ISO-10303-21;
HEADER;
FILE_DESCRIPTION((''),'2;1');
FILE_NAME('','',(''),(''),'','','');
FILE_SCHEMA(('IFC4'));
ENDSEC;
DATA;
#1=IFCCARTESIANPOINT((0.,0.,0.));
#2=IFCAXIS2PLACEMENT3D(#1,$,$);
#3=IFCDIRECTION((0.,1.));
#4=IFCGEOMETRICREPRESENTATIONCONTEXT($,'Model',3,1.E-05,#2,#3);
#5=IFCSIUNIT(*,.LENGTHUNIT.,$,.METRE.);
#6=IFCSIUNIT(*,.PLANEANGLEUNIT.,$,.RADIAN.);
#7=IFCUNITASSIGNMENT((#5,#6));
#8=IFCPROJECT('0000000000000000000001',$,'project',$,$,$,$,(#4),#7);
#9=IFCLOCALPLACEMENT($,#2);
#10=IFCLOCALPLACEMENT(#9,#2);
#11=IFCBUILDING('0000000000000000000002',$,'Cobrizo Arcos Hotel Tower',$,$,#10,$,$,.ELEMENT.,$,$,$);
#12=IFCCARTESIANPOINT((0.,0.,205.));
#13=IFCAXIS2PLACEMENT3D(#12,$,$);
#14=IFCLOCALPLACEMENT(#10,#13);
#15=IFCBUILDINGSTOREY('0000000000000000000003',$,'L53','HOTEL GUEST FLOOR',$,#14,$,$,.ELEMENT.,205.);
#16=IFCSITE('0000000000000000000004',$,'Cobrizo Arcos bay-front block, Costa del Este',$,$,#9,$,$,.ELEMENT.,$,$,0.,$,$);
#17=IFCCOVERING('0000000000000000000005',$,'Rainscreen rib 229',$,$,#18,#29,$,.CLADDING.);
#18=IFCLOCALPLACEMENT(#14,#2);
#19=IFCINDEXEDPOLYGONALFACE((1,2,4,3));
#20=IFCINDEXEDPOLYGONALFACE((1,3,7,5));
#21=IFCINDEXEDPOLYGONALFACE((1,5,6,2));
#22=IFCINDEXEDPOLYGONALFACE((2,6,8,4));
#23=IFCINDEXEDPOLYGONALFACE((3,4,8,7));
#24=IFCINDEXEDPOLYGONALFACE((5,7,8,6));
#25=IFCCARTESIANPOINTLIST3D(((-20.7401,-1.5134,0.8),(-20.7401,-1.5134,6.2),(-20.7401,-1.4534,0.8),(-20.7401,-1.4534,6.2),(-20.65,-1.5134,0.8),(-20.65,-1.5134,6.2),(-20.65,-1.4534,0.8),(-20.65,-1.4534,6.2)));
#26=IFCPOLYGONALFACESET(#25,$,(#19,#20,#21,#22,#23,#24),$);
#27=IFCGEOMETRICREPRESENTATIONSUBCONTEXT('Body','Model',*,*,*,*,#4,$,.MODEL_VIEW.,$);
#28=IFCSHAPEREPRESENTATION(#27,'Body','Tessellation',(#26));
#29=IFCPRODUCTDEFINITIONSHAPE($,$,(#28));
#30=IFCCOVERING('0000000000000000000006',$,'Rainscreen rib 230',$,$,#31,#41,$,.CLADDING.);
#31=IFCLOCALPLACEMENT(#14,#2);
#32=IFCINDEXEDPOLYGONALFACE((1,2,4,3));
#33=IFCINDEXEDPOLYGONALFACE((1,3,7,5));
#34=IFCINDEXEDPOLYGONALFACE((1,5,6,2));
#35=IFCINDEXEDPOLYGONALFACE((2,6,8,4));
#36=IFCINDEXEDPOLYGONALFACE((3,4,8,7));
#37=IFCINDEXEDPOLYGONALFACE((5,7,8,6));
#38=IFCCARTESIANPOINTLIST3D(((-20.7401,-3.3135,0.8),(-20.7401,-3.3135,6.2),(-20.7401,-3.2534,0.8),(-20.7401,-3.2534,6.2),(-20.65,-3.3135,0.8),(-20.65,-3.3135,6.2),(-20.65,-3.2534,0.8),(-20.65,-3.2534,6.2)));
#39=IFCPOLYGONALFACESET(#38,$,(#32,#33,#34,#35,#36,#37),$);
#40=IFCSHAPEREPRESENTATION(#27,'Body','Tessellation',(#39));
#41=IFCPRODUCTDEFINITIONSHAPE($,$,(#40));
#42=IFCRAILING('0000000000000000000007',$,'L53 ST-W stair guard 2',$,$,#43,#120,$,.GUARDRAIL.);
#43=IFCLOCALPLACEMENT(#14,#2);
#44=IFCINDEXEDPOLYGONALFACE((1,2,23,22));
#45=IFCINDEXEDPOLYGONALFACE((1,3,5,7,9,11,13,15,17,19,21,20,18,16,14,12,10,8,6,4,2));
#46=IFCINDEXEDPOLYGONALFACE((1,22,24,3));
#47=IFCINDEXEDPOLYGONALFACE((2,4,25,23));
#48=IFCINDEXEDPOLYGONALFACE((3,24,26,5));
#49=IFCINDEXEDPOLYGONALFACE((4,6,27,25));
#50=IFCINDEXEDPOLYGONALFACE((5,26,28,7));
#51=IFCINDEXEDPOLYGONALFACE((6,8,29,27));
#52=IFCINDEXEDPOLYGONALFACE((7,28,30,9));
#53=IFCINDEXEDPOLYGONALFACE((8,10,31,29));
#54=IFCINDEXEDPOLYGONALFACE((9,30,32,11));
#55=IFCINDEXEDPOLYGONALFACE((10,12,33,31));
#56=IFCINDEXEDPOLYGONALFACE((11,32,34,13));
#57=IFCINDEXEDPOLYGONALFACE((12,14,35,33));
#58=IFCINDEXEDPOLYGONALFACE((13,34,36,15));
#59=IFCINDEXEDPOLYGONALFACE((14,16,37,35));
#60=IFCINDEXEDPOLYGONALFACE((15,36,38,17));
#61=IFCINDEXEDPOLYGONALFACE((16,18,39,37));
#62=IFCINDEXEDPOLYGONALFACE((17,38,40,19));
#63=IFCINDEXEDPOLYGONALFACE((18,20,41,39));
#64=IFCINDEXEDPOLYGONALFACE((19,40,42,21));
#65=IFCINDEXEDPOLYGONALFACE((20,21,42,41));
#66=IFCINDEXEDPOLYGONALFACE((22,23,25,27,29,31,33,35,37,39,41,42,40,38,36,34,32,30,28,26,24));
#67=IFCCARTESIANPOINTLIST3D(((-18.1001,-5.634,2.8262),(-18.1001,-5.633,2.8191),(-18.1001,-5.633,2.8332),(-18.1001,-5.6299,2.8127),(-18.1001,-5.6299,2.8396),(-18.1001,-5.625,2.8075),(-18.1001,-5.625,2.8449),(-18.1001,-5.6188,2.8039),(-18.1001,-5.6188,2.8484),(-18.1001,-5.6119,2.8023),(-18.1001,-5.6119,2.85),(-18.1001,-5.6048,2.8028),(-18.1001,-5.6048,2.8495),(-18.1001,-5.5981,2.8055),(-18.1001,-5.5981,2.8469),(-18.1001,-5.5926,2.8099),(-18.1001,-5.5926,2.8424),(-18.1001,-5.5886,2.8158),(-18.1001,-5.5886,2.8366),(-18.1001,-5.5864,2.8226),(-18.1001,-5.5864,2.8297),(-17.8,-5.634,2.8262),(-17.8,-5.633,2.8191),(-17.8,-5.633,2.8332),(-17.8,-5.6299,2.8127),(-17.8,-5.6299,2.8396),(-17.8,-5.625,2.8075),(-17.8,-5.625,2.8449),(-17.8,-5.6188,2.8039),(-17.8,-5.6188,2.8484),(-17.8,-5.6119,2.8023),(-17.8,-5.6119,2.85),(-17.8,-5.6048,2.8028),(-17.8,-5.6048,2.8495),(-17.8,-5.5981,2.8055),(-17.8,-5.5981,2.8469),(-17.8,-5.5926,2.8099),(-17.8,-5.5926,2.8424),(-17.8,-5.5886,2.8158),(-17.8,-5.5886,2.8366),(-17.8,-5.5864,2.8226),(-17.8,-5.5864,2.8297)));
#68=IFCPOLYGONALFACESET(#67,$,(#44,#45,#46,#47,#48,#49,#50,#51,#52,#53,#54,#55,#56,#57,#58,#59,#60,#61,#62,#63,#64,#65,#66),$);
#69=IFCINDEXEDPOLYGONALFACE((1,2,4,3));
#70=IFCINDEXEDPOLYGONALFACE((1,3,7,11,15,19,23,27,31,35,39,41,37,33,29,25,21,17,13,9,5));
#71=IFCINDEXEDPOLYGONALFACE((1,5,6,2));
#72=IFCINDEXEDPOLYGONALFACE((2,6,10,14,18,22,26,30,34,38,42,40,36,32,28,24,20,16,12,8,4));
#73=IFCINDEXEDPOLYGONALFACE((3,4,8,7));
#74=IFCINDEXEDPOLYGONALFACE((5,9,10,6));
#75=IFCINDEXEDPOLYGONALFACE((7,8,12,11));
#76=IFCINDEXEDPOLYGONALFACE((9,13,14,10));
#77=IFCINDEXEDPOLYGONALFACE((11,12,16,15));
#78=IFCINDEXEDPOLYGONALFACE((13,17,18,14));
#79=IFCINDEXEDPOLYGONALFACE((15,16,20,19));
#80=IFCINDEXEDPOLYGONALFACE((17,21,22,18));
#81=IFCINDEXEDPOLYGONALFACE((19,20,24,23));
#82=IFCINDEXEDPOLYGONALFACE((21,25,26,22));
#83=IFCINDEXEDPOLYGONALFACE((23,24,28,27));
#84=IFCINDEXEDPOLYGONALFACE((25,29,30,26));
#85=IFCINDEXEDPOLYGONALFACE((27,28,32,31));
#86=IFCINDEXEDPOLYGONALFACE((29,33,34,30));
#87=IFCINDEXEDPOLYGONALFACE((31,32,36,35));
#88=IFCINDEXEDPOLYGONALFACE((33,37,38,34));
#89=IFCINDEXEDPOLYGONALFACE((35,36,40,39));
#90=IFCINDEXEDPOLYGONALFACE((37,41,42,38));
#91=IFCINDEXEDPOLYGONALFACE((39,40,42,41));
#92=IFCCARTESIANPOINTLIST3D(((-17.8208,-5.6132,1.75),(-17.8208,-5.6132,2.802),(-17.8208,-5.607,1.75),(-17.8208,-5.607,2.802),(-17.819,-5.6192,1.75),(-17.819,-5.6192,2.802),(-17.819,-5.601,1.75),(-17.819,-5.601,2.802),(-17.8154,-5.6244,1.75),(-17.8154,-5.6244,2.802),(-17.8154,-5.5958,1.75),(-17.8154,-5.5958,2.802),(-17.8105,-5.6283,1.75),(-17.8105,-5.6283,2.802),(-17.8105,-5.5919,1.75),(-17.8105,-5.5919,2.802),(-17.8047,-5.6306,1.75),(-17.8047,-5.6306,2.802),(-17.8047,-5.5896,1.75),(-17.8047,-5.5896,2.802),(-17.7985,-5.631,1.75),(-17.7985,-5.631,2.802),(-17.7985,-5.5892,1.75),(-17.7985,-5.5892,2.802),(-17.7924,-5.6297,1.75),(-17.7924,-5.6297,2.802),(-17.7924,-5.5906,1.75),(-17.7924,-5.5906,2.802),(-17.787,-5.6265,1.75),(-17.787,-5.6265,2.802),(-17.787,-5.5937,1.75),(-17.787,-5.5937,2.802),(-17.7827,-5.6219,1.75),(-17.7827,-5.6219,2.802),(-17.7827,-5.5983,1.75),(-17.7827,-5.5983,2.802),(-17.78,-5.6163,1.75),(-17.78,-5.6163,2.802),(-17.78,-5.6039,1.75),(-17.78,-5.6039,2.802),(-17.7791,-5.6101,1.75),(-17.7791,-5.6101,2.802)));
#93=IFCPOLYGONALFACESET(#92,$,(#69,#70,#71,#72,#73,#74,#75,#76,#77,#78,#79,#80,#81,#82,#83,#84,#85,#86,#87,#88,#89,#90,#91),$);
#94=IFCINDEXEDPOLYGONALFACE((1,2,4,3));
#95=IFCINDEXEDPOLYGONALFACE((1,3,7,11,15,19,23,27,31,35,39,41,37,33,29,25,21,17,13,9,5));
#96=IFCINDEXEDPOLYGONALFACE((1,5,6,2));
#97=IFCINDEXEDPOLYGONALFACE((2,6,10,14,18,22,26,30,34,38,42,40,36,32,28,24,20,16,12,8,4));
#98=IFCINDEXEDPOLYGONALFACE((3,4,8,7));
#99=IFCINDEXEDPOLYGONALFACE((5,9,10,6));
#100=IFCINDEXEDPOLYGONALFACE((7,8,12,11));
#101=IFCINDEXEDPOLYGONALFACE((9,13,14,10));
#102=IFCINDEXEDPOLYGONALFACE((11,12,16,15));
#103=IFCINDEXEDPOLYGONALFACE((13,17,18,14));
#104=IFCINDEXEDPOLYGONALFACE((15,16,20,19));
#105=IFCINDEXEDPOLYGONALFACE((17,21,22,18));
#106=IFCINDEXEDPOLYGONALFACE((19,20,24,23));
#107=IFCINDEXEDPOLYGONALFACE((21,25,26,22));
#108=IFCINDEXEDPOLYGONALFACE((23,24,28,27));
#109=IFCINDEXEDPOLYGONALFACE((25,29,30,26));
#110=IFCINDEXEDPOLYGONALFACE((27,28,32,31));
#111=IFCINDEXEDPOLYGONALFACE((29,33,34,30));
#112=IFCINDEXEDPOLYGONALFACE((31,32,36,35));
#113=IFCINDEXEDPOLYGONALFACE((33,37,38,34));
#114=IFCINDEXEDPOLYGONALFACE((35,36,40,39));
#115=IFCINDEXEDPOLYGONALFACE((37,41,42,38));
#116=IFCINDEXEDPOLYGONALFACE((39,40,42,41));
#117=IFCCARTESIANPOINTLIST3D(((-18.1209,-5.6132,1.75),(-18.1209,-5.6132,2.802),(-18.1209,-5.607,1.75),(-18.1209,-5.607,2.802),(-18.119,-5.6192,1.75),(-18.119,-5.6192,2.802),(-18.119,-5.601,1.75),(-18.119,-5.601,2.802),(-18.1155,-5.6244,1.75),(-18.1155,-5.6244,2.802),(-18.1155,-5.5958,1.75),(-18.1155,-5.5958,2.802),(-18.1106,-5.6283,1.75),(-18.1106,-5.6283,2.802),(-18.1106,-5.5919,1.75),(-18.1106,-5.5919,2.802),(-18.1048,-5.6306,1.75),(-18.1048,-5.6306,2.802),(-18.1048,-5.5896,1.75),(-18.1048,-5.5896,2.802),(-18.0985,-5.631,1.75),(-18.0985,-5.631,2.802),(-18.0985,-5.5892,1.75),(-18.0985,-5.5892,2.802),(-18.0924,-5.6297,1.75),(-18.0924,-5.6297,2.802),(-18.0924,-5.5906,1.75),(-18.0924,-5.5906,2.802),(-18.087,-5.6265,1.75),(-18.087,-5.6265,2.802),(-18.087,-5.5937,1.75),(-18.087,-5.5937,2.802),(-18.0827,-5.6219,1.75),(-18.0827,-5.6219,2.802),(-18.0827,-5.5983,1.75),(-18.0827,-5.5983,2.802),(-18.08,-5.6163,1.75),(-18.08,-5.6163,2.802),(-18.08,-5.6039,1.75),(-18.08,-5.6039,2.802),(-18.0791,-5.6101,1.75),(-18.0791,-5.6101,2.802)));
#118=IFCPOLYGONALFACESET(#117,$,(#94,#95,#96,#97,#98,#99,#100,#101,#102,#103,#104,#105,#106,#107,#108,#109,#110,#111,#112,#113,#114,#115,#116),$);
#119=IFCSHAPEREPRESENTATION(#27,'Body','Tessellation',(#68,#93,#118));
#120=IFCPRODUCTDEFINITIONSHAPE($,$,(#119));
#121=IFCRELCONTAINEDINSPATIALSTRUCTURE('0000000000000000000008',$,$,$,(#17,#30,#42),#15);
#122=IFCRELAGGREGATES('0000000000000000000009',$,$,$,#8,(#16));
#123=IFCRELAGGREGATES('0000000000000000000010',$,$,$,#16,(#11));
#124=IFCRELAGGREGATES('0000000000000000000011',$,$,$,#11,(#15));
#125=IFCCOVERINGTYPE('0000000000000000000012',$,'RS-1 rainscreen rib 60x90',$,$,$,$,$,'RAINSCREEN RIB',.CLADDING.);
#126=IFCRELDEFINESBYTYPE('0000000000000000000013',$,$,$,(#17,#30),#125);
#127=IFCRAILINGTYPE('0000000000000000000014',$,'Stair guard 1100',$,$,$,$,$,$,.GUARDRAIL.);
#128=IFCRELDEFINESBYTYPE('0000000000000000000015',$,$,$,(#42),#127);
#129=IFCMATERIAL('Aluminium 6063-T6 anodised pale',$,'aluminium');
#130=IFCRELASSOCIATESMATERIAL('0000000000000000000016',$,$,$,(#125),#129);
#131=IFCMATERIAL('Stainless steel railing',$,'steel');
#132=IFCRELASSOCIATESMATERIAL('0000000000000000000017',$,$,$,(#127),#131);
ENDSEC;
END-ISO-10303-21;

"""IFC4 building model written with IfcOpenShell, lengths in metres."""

from ifc_helpers import new_model, si_unit, direction, frame, origin, origin_2d, place, context, subcontext, project, spatial, rectangle, circle, extrude, material, type_object, element, save


model = new_model("IFC4")

# Units and contexts
model_context = context("Model", 3, precision=1e-05, world=origin(), true_north=direction((0.0, 1.0)))
body_context = subcontext(model_context, "Body", "Model", "MODEL_VIEW")
ifc_project = project(units=[si_unit("LENGTHUNIT", "METRE"), si_unit("PLANEANGLEUNIT", "RADIAN")], contexts=[model_context])

# Site, building, storey
site_placement = place(None, origin())
site = spatial("IfcSite", under=ifc_project, at=site_placement, Name="Cobrizo Arcos bay-front block, Costa del Este", CompositionType="ELEMENT", RefElevation=0.0)
building_placement = place(site_placement, origin())
building = spatial("IfcBuilding", under=site, at=building_placement, Name="Cobrizo Arcos Hotel Tower", CompositionType="ELEMENT")
storey_placement = place(building_placement, frame((0.0, 0.0, 205.0)))
storey = spatial("IfcBuildingStorey", under=building, at=storey_placement, Name="L53", Description="HOTEL GUEST FLOOR", CompositionType="ELEMENT", Elevation=205.0)

# Coverings
ifc_material_1 = material(Name="Aluminium 6063-T6 anodised pale", Category="aluminium")
covering_type_1 = type_object("IfcCoveringType", Name="RS-1 rainscreen rib 60x90", ElementType="RAINSCREEN RIB", PredefinedType="CLADDING", material=ifc_material_1)
for number, where, z_axis, x_axis, name in (
    (1, (-20.6951, -1.4834, 0.8), (0.0, 0.0, 1.0), (0.0, -1.0, 0.0), "Rainscreen rib 229"),
    (2, (-20.6951, -3.2834, 0.8), (0.0, 0.0, 1.0), (0.0, -1.0, 0.0), "Rainscreen rib 230"),
):
    element("IfcCovering", number, at=place(storey_placement, frame(where, z_axis=z_axis, x_axis=x_axis)), inside=storey, type_object=covering_type_1, Name=name, PredefinedType="CLADDING", context=body_context, shape_type="SweptSolid", body=[
        extrude(rectangle(XDim=0.0601, YDim=0.0901, at=origin_2d()), origin(), (0.0, 0.0, 1.0), 5.3999),
    ])

# Railing
ifc_material_2 = material(Name="Stainless steel railing", Category="steel")
railing_type_1 = type_object("IfcRailingType", Name="Stair guard 1100", PredefinedType="GUARDRAIL", material=ifc_material_2)
railing_1_placement = place(storey_placement, frame((-17.8, -5.6101, 1.75)))
element("IfcRailing", 3, at=railing_1_placement, inside=storey, type_object=railing_type_1, Name="L53 ST-W stair guard 2", PredefinedType="GUARDRAIL", context=body_context, shape_type="SweptSolid", body=[
    extrude(circle(Radius=0.0239, at=origin_2d()), frame((0.0, 0.0, 1.0762), z_axis=(-1.0, 0.0, 0.0), x_axis=(0.0, -1.0, 0.0)), (0.0, 0.0, 1.0), 0.3),
    extrude(circle(Radius=0.021, at=origin_2d()), origin(), (0.0, 0.0, 1.0), 1.052),
    extrude(circle(Radius=0.021, at=origin_2d()), frame((-0.3, 0.0, 0.0)), (0.0, 0.0, 1.0), 1.052),
])

save(model, "model.ifc")
